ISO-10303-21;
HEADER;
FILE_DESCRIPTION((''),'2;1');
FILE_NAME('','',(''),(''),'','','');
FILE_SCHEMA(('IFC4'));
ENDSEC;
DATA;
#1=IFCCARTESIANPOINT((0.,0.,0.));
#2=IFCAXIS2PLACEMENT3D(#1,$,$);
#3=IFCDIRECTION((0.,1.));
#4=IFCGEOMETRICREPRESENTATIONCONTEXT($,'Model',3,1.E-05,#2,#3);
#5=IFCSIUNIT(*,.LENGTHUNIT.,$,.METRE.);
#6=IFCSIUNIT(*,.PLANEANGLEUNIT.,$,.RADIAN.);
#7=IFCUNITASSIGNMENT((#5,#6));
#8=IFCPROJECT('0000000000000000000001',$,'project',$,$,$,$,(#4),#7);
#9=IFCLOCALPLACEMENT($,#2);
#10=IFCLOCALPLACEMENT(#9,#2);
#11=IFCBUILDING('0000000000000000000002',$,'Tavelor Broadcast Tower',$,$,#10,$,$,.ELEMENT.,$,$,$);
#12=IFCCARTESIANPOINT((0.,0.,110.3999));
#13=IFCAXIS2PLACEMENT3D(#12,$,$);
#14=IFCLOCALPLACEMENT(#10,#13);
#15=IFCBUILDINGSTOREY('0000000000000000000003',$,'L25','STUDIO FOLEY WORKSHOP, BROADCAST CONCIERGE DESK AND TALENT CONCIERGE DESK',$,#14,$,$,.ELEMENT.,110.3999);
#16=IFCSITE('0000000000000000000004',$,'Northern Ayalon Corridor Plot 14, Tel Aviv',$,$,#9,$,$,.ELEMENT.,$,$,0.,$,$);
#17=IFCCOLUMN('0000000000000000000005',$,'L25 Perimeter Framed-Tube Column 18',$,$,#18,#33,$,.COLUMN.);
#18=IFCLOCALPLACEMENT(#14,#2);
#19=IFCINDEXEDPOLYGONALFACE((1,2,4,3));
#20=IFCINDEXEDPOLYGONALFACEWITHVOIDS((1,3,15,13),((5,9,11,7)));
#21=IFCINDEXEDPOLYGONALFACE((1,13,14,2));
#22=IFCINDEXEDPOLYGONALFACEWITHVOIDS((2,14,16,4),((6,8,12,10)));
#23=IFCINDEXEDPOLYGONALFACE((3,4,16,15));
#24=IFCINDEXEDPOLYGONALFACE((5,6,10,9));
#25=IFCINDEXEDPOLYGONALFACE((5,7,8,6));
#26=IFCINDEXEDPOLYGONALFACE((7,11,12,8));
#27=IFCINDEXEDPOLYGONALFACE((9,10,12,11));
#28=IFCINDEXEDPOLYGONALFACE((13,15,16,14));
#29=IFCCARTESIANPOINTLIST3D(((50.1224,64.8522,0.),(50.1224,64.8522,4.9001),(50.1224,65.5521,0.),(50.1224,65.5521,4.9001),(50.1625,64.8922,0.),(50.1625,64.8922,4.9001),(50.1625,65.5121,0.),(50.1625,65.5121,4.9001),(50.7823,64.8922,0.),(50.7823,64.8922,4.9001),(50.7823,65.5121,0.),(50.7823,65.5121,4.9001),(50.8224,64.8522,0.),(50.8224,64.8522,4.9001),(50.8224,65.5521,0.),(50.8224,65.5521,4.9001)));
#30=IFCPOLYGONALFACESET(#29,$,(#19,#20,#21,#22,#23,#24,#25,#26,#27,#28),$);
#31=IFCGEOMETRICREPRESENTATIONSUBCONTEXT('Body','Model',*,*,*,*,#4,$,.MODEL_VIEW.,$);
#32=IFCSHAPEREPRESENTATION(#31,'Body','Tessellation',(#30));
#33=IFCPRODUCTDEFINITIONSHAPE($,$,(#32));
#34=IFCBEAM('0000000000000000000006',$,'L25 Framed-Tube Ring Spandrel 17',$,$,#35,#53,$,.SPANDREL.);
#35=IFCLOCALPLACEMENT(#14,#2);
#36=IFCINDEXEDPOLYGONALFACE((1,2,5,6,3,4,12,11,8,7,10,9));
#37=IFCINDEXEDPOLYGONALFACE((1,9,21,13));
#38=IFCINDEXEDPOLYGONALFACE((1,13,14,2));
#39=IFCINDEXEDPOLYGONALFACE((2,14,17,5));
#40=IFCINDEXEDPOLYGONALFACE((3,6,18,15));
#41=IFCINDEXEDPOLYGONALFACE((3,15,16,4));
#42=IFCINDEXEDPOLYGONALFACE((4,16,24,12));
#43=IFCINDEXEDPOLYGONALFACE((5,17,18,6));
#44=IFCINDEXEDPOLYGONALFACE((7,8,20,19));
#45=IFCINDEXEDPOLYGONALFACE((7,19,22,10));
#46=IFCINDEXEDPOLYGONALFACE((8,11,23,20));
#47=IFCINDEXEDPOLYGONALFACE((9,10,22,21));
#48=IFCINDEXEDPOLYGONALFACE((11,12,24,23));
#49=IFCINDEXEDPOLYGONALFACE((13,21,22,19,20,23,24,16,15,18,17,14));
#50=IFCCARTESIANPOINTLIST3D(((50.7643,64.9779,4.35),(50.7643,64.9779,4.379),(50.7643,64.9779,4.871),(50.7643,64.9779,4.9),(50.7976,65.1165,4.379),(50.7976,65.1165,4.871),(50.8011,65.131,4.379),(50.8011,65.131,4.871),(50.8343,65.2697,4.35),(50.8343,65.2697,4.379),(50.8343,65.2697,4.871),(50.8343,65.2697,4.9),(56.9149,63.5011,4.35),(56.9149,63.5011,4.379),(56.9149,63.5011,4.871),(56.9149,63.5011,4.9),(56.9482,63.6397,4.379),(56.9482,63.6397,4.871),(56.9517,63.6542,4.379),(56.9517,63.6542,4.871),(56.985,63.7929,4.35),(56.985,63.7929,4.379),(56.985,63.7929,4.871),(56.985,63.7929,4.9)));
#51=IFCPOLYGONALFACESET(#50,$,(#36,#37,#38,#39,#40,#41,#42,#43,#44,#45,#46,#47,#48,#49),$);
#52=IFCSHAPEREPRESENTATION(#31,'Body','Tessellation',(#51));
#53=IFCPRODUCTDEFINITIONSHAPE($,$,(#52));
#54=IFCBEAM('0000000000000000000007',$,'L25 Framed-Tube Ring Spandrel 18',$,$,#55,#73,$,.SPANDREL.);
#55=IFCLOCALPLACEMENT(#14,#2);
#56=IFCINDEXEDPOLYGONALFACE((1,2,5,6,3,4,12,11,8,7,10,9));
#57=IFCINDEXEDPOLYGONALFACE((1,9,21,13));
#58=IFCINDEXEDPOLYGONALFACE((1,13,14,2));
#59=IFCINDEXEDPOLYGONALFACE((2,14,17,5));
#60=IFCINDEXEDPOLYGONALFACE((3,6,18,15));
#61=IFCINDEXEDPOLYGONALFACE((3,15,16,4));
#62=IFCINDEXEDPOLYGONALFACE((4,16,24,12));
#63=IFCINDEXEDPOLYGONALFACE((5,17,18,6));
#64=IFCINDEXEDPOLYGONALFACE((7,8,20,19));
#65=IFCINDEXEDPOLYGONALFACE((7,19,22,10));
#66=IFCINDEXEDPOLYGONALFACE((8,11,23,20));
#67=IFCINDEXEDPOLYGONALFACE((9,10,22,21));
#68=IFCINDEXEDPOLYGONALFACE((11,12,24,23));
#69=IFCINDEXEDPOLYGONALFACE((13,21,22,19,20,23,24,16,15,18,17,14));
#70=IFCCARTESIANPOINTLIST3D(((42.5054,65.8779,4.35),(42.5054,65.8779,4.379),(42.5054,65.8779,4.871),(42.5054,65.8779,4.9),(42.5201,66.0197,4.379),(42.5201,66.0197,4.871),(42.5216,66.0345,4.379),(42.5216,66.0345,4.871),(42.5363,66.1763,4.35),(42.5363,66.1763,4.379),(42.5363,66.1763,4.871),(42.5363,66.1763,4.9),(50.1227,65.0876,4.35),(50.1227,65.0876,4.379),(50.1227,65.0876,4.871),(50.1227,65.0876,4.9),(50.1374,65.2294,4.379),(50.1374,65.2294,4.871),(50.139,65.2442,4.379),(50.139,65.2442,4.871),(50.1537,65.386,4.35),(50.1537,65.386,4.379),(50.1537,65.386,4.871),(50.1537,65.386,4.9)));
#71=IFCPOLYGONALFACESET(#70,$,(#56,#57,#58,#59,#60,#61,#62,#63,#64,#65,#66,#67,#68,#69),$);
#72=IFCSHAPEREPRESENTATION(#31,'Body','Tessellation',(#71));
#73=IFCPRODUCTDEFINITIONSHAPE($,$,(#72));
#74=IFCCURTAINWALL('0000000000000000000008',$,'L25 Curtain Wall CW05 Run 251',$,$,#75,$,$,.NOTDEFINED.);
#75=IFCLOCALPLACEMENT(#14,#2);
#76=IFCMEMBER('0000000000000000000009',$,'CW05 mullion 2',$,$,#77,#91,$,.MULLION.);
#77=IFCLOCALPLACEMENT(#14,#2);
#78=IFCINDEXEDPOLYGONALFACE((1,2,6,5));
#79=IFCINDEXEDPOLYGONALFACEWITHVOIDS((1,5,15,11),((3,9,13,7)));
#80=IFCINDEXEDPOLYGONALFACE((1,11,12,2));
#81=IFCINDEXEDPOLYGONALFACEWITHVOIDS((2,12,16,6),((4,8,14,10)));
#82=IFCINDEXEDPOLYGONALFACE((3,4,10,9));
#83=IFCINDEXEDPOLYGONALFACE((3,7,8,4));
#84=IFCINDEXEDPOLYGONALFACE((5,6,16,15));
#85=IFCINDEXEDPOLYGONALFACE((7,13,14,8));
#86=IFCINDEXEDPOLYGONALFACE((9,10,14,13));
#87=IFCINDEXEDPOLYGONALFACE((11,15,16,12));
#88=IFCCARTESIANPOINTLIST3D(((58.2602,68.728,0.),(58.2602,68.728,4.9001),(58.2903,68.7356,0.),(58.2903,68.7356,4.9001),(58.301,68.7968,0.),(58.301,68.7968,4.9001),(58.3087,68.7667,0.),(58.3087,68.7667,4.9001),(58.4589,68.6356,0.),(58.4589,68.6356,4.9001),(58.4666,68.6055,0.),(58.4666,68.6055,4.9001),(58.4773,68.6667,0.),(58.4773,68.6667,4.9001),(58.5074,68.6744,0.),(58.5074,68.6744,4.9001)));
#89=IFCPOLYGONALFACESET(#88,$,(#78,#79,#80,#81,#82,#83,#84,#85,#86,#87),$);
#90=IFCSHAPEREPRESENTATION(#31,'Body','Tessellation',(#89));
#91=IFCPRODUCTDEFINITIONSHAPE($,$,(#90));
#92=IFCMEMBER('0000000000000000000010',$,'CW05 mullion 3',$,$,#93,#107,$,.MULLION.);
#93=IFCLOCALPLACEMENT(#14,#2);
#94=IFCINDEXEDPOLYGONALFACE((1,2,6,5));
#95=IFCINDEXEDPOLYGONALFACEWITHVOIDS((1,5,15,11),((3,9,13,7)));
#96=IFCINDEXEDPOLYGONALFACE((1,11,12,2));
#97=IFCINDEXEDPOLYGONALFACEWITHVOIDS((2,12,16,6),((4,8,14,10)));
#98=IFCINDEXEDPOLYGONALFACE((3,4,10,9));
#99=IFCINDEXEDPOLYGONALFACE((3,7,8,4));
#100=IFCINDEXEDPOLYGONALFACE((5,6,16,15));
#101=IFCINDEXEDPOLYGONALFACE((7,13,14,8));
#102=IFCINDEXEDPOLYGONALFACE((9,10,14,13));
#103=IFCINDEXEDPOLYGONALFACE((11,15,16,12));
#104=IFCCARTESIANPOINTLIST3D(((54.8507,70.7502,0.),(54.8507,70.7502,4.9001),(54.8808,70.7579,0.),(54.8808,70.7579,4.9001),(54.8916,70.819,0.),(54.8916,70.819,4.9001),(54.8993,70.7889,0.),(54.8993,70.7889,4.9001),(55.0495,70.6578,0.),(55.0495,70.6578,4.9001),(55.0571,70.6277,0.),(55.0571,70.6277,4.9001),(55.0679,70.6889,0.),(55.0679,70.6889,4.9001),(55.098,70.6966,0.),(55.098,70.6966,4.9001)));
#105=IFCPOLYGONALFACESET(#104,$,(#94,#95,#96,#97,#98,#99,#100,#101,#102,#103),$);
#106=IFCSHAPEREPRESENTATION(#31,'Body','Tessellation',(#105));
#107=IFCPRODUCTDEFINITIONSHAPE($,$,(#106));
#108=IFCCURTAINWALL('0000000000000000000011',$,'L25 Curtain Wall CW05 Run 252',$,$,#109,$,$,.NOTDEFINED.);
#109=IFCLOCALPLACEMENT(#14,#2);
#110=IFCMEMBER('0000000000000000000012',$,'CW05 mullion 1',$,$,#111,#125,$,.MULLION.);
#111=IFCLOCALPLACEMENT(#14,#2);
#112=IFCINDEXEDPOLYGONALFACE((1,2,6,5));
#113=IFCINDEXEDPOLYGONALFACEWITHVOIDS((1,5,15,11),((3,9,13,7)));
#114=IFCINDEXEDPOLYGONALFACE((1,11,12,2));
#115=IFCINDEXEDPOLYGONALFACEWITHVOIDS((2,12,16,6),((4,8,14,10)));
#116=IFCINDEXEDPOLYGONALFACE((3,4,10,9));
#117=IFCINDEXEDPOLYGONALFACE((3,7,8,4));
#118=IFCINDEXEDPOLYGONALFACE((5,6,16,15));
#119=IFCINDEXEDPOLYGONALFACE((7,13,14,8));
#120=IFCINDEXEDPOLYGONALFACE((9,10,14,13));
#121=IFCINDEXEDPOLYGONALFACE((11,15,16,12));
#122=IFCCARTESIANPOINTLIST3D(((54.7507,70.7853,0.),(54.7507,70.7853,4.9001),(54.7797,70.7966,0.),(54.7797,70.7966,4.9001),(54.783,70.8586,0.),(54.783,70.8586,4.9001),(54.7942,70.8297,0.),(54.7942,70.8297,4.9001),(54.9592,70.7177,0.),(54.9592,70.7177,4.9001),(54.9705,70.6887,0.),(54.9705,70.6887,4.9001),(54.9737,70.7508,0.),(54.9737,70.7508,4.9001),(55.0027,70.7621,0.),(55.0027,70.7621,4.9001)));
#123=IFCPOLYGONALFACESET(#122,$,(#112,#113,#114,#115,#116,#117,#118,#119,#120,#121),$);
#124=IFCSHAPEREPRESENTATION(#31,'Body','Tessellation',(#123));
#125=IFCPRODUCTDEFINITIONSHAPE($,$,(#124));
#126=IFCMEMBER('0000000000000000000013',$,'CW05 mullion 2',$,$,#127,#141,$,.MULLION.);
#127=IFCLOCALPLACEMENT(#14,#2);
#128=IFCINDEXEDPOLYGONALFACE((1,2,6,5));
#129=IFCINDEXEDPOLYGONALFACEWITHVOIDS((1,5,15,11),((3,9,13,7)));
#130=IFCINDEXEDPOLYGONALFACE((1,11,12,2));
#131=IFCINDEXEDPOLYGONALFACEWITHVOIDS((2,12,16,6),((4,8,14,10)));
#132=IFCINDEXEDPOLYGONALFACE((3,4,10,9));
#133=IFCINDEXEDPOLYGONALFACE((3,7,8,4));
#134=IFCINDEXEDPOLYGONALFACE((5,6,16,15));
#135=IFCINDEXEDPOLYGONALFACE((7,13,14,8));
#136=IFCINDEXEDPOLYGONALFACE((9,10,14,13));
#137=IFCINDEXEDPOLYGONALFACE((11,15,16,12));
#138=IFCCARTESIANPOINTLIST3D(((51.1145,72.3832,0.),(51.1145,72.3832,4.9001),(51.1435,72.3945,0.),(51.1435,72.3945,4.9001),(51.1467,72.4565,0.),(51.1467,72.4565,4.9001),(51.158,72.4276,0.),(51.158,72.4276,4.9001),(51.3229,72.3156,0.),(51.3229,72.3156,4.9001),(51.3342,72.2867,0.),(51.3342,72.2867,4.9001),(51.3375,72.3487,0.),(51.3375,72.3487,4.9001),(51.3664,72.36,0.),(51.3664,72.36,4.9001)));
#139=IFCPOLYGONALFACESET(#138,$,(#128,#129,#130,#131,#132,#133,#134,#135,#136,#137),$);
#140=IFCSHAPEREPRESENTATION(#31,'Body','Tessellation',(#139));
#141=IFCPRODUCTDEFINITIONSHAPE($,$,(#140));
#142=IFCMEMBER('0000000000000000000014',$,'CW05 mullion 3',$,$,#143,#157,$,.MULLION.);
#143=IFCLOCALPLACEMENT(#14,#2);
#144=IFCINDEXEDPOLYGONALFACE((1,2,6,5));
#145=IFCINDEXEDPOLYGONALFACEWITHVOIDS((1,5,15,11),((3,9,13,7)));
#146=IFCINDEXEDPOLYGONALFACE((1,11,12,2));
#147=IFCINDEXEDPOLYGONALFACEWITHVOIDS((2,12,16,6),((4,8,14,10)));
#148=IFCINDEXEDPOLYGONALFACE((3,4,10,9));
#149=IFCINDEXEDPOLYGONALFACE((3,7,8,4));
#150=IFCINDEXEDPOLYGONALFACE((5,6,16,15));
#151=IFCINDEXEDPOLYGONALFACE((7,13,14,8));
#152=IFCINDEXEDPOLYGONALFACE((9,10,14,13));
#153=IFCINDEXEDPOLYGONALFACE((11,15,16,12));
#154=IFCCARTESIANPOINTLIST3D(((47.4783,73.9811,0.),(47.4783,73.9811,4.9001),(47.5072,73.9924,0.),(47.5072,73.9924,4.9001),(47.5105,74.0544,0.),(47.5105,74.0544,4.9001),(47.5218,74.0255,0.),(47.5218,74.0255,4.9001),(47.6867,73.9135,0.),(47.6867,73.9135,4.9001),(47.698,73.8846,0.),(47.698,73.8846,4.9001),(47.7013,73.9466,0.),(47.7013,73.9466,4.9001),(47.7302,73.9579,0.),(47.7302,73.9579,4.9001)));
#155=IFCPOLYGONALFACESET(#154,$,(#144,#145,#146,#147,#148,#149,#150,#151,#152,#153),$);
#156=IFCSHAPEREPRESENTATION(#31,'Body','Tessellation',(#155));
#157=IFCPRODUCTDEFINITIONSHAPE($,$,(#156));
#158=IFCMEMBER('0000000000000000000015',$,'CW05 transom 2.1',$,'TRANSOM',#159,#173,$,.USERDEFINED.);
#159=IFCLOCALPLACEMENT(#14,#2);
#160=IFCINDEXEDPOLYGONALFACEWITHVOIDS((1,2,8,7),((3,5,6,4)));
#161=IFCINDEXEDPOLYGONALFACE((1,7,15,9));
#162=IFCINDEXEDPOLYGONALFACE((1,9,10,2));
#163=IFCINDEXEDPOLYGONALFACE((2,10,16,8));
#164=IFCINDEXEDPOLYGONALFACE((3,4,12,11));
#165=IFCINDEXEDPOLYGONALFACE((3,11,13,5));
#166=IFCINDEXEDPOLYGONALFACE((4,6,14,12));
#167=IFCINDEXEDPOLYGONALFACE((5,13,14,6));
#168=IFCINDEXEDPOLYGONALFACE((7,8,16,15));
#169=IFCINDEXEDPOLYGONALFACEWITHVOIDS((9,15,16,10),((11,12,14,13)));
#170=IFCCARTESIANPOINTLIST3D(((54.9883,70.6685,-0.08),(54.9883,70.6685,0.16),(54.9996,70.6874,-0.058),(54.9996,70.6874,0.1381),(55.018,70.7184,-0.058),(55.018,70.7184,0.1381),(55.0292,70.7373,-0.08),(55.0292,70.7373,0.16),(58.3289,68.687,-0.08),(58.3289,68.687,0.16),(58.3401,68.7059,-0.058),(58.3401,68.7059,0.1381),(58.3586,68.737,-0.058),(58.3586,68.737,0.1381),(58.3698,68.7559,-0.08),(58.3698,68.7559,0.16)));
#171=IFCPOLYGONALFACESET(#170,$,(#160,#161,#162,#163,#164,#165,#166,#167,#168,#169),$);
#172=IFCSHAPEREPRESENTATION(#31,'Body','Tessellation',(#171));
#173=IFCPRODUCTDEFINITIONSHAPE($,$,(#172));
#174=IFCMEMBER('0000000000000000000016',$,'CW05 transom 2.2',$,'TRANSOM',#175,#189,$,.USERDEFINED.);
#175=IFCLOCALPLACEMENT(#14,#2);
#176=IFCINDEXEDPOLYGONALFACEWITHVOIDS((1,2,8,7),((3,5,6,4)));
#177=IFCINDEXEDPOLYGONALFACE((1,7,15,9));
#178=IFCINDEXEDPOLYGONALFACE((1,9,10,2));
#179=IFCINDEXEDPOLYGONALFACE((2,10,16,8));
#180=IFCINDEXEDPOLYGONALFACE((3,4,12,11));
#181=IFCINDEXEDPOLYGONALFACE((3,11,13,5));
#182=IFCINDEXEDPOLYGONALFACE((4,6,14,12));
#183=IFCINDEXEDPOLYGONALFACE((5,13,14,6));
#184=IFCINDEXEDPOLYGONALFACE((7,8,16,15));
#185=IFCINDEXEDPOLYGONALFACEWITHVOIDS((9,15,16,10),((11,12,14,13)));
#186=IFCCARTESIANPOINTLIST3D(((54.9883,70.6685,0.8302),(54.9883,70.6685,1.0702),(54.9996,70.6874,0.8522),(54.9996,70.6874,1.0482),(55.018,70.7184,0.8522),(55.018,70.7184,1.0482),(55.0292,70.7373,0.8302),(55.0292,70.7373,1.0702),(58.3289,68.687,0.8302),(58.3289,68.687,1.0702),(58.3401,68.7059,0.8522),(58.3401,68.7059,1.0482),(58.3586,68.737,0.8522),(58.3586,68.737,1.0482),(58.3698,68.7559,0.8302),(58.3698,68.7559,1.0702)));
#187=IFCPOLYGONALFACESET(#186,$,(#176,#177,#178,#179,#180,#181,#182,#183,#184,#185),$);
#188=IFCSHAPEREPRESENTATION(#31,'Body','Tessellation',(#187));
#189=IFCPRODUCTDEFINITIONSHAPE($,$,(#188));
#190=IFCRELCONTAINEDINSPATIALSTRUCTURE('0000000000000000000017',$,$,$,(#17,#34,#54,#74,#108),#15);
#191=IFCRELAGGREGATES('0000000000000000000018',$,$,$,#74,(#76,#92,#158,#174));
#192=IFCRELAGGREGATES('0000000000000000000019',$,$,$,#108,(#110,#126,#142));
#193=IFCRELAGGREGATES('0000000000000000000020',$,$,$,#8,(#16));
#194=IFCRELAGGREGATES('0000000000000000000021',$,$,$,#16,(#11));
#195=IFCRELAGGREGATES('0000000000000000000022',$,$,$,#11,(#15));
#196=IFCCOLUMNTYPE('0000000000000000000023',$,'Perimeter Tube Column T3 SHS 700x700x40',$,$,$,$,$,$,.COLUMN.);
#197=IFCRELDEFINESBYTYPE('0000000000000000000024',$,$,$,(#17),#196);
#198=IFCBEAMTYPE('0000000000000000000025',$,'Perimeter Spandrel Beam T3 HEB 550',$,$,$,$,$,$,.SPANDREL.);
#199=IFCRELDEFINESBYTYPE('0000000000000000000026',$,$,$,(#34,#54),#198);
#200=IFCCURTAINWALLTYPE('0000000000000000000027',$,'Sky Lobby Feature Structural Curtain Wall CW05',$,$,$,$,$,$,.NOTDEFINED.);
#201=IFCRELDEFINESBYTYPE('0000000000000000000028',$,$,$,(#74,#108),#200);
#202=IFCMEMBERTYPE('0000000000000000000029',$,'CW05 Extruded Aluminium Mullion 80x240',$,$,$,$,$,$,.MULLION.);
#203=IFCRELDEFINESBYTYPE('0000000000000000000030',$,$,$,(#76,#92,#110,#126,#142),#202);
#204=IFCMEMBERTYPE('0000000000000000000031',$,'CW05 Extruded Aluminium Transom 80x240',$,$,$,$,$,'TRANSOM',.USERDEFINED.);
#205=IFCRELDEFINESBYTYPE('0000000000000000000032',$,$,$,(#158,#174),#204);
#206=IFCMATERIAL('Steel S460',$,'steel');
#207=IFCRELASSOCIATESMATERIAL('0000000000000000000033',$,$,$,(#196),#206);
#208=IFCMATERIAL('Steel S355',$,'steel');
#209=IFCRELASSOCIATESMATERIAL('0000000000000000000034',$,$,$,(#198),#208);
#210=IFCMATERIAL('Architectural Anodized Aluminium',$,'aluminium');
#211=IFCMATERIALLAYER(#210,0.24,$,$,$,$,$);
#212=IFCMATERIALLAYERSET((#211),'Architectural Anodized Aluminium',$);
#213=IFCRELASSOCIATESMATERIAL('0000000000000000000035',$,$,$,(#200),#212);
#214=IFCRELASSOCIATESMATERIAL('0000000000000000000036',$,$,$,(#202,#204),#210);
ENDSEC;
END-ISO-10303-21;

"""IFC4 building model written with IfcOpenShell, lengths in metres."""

from ifc_helpers import new_model, si_unit, direction, frame, origin, origin_2d, place, context, subcontext, project, spatial, hollow_rectangle, i_section, extrude, source, transform, mapped, material, layer, layer_set, material_profile, profile_set, type_object, type_shapes, element, aggregate, save


model = new_model("IFC4")

# Units and contexts
model_context = context("Model", 3, precision=1e-05, world=origin(), true_north=direction((0.0, 1.0)))
body_context = subcontext(model_context, "Body", "Model", "MODEL_VIEW")
ifc_project = project(units=[si_unit("LENGTHUNIT", "METRE"), si_unit("PLANEANGLEUNIT", "RADIAN")], contexts=[model_context])

# Site, building, storey
site_placement = place(None, origin())
site = spatial("IfcSite", under=ifc_project, at=site_placement, Name="Northern Ayalon Corridor Plot 14, Tel Aviv", CompositionType="ELEMENT", RefElevation=0.0)
building_placement = place(site_placement, origin())
building = spatial("IfcBuilding", under=site, at=building_placement, Name="Tavelor Broadcast Tower", CompositionType="ELEMENT")
storey_placement = place(building_placement, frame((0.0, 0.0, 110.3999)))
storey = spatial("IfcBuildingStorey", under=building, at=storey_placement, Name="L25", Description="STUDIO FOLEY WORKSHOP, BROADCAST CONCIERGE DESK AND TALENT CONCIERGE DESK", CompositionType="ELEMENT", Elevation=110.3999)

# Column
ifc_material_1 = material(Name="Steel S460", Category="steel")
ifc_material_profile_1 = material_profile(ifc_material_1, hollow_rectangle(XDim=0.7, YDim=0.7, WallThickness=0.04, at=origin_2d()), Name="SHS 700x700x40")
ifc_profile_set_1 = profile_set([ifc_material_profile_1], Name="Steel S460")
column_type = type_object("IfcColumnType", Name="Perimeter Tube Column T3 SHS 700x700x40", PredefinedType="COLUMN", material=ifc_profile_set_1)
column_placement = place(storey_placement, frame((50.4724, 65.2021, 0.0), z_axis=(0.0, 0.0, 1.0), x_axis=(1.0, 0.0, 0.0)))
element("IfcColumn", 1, at=column_placement, inside=storey, type_object=column_type, Name="L25 Perimeter Framed-Tube Column 18", PredefinedType="COLUMN", context=body_context, shape_type="SweptSolid", body=[
    extrude(hollow_rectangle(XDim=0.7, YDim=0.7, WallThickness=0.04, at=origin_2d()), origin(), (0.0, 0.0, 1.0), 4.9001),
])

# Beams
ifc_material_2 = material(Name="Steel S355", Category="steel")
ifc_material_profile_2 = material_profile(ifc_material_2, i_section(OverallWidth=0.3, OverallDepth=0.55, WebThickness=0.0149, FlangeThickness=0.0291, at=origin_2d()), Name="HEB 550")
ifc_profile_set_2 = profile_set([ifc_material_profile_2], Name="Steel S355")
beam_type = type_object("IfcBeamType", Name="Perimeter Spandrel Beam T3 HEB 550", PredefinedType="SPANDREL", material=ifc_profile_set_2)
beam_1_placement = place(storey_placement, frame((56.95, 63.647, 4.625), z_axis=(-0.972364, 0.233471, 0.0), x_axis=(-0.233471, -0.972364, 0.0)))
element("IfcBeam", 2, at=beam_1_placement, inside=storey, type_object=beam_type, Name="L25 Framed-Tube Ring Spandrel 17", PredefinedType="SPANDREL", context=body_context, shape_type="SweptSolid", body=[
    extrude(i_section(OverallWidth=0.3, OverallDepth=0.55, WebThickness=0.0149, FlangeThickness=0.0291, at=origin_2d()), origin(), (0.0, 0.0, 1.0), 6.3254),
])
beam_2_placement = place(storey_placement, frame((50.1382, 65.2368, 4.625), z_axis=(-0.994661, 0.103193, 0.0), x_axis=(-0.103193, -0.994661, 0.0)))
element("IfcBeam", 3, at=beam_2_placement, inside=storey, type_object=beam_type, Name="L25 Framed-Tube Ring Spandrel 18", PredefinedType="SPANDREL", context=body_context, shape_type="SweptSolid", body=[
    extrude(i_section(OverallWidth=0.3, OverallDepth=0.55, WebThickness=0.0149, FlangeThickness=0.0291, at=origin_2d()), origin(), (0.0, 0.0, 1.0), 7.6582),
])

# Curtain walls, members
ifc_material_3 = material(Name="Architectural Anodized Aluminium", Category="aluminium")
ifc_layer_1 = layer(ifc_material_3, 0.24)
ifc_layer_set_1 = layer_set([ifc_layer_1], Name="Architectural Anodized Aluminium")
curtain_wall_type = type_object("IfcCurtainWallType", Name="Sky Lobby Feature Structural Curtain Wall CW05", PredefinedType="NOTDEFINED", material=ifc_layer_set_1)
curtain_wall_1_placement = place(storey_placement, origin())
curtain_wall_1 = element("IfcCurtainWall", 4, at=curtain_wall_1_placement, inside=storey, type_object=curtain_wall_type, Name="L25 Curtain Wall CW05 Run 251", PredefinedType="NOTDEFINED")
ifc_material_profile_3 = material_profile(ifc_material_3, hollow_rectangle(XDim=0.0801, YDim=0.24, WallThickness=0.022, at=origin_2d()), Name="RHS 80x240x22")
ifc_profile_set_3 = profile_set([ifc_material_profile_3], Name="Architectural Anodized Aluminium")
member_type_1 = type_object("IfcMemberType", Name="CW05 Extruded Aluminium Mullion 80x240", PredefinedType="MULLION", material=ifc_profile_set_3)
shared_shape_1 = source(origin(), body_context, "Body", "SweptSolid", [
    extrude(hollow_rectangle(XDim=0.0801, YDim=0.24, WallThickness=0.022, at=origin_2d()), origin(), (0.0, 0.0, 1.0), 4.9001),
])
type_shapes(member_type_1, [shared_shape_1])
member_1_placement = place(storey_placement, frame((58.3838, 68.7012, 0.0), z_axis=(0.0, 0.0, 1.0), x_axis=(-0.510155, -0.860082, 0.0)))
member_1 = element("IfcMember", 5, at=member_1_placement, type_object=member_type_1, Name="CW05 mullion 2", PredefinedType="MULLION", context=body_context, shape_type="MappedRepresentation", body=[
    mapped(shared_shape_1, transform((0.0, 0.0, 0.0), scale=1.0)),
])
member_2_placement = place(storey_placement, frame((54.9744, 70.7234, 0.0), z_axis=(0.0, 0.0, 1.0), x_axis=(-0.510155, -0.860082, 0.0)))
member_2 = element("IfcMember", 6, at=member_2_placement, type_object=member_type_1, Name="CW05 mullion 3", PredefinedType="MULLION", context=body_context, shape_type="MappedRepresentation", body=[
    mapped(shared_shape_1, transform((0.0, 0.0, 0.0), scale=1.0)),
])
curtain_wall_2_placement = place(storey_placement, origin())
curtain_wall_2 = element("IfcCurtainWall", 7, at=curtain_wall_2_placement, inside=storey, type_object=curtain_wall_type, Name="L25 Curtain Wall CW05 Run 252", PredefinedType="NOTDEFINED")
member_3_placement = place(storey_placement, frame((54.8767, 70.7737, 0.0), z_axis=(0.0, 0.0, 1.0), x_axis=(-0.402315, -0.915501, 0.0)))
member_3 = element("IfcMember", 8, at=member_3_placement, type_object=member_type_1, Name="CW05 mullion 1", PredefinedType="MULLION", context=body_context, shape_type="MappedRepresentation", body=[
    mapped(shared_shape_1, transform((0.0, 0.0, 0.0), scale=1.0)),
])
member_4_placement = place(storey_placement, frame((51.2405, 72.3716, 0.0), z_axis=(0.0, 0.0, 1.0), x_axis=(-0.402315, -0.915501, 0.0)))
member_4 = element("IfcMember", 9, at=member_4_placement, type_object=member_type_1, Name="CW05 mullion 2", PredefinedType="MULLION", context=body_context, shape_type="MappedRepresentation", body=[
    mapped(shared_shape_1, transform((0.0, 0.0, 0.0), scale=1.0)),
])
member_5_placement = place(storey_placement, frame((47.6042, 73.9695, 0.0), z_axis=(0.0, 0.0, 1.0), x_axis=(-0.402315, -0.915501, 0.0)))
member_5 = element("IfcMember", 10, at=member_5_placement, type_object=member_type_1, Name="CW05 mullion 3", PredefinedType="MULLION", context=body_context, shape_type="MappedRepresentation", body=[
    mapped(shared_shape_1, transform((0.0, 0.0, 0.0), scale=1.0)),
])

# Members
ifc_material_profile_4 = material_profile(ifc_material_3, hollow_rectangle(XDim=0.0801, YDim=0.24, WallThickness=0.022, at=origin_2d()), Name="RHS 80x240x22")
ifc_profile_set_4 = profile_set([ifc_material_profile_4], Name="Architectural Anodized Aluminium")
member_type_2 = type_object("IfcMemberType", Name="CW05 Extruded Aluminium Transom 80x240", ElementType="TRANSOM", PredefinedType="USERDEFINED", material=ifc_profile_set_4)
shared_shape_2 = source(origin(), body_context, "Body", "SweptSolid", [
    extrude(hollow_rectangle(XDim=0.0801, YDim=0.24, WallThickness=0.022, at=origin_2d()), origin(), (0.0, 0.0, 1.0), 3.884),
])
member_6_placement = place(storey_placement, frame((58.3494, 68.7214, 0.04), z_axis=(-0.860083, 0.510154, 0.0), x_axis=(-0.510154, -0.860083, 0.0)))
member_6 = element("IfcMember", 11, at=member_6_placement, type_object=member_type_2, Name="CW05 transom 2.1", ObjectType="TRANSOM", PredefinedType="USERDEFINED", context=body_context, shape_type="MappedRepresentation", body=[
    mapped(shared_shape_2, transform((0.0, 0.0, 0.0), scale=1.0)),
])
member_7_placement = place(storey_placement, frame((58.3494, 68.7214, 0.9502), z_axis=(-0.860083, 0.510154, 0.0), x_axis=(-0.510154, -0.860083, 0.0)))
member_7 = element("IfcMember", 12, at=member_7_placement, type_object=member_type_2, Name="CW05 transom 2.2", ObjectType="TRANSOM", PredefinedType="USERDEFINED", context=body_context, shape_type="MappedRepresentation", body=[
    mapped(shared_shape_2, transform((0.0, 0.0, 0.0), scale=1.0)),
])

aggregate(curtain_wall_1, [member_1, member_2, member_6, member_7])
aggregate(curtain_wall_2, [member_3, member_4, member_5])

save(model, "model.ifc")
